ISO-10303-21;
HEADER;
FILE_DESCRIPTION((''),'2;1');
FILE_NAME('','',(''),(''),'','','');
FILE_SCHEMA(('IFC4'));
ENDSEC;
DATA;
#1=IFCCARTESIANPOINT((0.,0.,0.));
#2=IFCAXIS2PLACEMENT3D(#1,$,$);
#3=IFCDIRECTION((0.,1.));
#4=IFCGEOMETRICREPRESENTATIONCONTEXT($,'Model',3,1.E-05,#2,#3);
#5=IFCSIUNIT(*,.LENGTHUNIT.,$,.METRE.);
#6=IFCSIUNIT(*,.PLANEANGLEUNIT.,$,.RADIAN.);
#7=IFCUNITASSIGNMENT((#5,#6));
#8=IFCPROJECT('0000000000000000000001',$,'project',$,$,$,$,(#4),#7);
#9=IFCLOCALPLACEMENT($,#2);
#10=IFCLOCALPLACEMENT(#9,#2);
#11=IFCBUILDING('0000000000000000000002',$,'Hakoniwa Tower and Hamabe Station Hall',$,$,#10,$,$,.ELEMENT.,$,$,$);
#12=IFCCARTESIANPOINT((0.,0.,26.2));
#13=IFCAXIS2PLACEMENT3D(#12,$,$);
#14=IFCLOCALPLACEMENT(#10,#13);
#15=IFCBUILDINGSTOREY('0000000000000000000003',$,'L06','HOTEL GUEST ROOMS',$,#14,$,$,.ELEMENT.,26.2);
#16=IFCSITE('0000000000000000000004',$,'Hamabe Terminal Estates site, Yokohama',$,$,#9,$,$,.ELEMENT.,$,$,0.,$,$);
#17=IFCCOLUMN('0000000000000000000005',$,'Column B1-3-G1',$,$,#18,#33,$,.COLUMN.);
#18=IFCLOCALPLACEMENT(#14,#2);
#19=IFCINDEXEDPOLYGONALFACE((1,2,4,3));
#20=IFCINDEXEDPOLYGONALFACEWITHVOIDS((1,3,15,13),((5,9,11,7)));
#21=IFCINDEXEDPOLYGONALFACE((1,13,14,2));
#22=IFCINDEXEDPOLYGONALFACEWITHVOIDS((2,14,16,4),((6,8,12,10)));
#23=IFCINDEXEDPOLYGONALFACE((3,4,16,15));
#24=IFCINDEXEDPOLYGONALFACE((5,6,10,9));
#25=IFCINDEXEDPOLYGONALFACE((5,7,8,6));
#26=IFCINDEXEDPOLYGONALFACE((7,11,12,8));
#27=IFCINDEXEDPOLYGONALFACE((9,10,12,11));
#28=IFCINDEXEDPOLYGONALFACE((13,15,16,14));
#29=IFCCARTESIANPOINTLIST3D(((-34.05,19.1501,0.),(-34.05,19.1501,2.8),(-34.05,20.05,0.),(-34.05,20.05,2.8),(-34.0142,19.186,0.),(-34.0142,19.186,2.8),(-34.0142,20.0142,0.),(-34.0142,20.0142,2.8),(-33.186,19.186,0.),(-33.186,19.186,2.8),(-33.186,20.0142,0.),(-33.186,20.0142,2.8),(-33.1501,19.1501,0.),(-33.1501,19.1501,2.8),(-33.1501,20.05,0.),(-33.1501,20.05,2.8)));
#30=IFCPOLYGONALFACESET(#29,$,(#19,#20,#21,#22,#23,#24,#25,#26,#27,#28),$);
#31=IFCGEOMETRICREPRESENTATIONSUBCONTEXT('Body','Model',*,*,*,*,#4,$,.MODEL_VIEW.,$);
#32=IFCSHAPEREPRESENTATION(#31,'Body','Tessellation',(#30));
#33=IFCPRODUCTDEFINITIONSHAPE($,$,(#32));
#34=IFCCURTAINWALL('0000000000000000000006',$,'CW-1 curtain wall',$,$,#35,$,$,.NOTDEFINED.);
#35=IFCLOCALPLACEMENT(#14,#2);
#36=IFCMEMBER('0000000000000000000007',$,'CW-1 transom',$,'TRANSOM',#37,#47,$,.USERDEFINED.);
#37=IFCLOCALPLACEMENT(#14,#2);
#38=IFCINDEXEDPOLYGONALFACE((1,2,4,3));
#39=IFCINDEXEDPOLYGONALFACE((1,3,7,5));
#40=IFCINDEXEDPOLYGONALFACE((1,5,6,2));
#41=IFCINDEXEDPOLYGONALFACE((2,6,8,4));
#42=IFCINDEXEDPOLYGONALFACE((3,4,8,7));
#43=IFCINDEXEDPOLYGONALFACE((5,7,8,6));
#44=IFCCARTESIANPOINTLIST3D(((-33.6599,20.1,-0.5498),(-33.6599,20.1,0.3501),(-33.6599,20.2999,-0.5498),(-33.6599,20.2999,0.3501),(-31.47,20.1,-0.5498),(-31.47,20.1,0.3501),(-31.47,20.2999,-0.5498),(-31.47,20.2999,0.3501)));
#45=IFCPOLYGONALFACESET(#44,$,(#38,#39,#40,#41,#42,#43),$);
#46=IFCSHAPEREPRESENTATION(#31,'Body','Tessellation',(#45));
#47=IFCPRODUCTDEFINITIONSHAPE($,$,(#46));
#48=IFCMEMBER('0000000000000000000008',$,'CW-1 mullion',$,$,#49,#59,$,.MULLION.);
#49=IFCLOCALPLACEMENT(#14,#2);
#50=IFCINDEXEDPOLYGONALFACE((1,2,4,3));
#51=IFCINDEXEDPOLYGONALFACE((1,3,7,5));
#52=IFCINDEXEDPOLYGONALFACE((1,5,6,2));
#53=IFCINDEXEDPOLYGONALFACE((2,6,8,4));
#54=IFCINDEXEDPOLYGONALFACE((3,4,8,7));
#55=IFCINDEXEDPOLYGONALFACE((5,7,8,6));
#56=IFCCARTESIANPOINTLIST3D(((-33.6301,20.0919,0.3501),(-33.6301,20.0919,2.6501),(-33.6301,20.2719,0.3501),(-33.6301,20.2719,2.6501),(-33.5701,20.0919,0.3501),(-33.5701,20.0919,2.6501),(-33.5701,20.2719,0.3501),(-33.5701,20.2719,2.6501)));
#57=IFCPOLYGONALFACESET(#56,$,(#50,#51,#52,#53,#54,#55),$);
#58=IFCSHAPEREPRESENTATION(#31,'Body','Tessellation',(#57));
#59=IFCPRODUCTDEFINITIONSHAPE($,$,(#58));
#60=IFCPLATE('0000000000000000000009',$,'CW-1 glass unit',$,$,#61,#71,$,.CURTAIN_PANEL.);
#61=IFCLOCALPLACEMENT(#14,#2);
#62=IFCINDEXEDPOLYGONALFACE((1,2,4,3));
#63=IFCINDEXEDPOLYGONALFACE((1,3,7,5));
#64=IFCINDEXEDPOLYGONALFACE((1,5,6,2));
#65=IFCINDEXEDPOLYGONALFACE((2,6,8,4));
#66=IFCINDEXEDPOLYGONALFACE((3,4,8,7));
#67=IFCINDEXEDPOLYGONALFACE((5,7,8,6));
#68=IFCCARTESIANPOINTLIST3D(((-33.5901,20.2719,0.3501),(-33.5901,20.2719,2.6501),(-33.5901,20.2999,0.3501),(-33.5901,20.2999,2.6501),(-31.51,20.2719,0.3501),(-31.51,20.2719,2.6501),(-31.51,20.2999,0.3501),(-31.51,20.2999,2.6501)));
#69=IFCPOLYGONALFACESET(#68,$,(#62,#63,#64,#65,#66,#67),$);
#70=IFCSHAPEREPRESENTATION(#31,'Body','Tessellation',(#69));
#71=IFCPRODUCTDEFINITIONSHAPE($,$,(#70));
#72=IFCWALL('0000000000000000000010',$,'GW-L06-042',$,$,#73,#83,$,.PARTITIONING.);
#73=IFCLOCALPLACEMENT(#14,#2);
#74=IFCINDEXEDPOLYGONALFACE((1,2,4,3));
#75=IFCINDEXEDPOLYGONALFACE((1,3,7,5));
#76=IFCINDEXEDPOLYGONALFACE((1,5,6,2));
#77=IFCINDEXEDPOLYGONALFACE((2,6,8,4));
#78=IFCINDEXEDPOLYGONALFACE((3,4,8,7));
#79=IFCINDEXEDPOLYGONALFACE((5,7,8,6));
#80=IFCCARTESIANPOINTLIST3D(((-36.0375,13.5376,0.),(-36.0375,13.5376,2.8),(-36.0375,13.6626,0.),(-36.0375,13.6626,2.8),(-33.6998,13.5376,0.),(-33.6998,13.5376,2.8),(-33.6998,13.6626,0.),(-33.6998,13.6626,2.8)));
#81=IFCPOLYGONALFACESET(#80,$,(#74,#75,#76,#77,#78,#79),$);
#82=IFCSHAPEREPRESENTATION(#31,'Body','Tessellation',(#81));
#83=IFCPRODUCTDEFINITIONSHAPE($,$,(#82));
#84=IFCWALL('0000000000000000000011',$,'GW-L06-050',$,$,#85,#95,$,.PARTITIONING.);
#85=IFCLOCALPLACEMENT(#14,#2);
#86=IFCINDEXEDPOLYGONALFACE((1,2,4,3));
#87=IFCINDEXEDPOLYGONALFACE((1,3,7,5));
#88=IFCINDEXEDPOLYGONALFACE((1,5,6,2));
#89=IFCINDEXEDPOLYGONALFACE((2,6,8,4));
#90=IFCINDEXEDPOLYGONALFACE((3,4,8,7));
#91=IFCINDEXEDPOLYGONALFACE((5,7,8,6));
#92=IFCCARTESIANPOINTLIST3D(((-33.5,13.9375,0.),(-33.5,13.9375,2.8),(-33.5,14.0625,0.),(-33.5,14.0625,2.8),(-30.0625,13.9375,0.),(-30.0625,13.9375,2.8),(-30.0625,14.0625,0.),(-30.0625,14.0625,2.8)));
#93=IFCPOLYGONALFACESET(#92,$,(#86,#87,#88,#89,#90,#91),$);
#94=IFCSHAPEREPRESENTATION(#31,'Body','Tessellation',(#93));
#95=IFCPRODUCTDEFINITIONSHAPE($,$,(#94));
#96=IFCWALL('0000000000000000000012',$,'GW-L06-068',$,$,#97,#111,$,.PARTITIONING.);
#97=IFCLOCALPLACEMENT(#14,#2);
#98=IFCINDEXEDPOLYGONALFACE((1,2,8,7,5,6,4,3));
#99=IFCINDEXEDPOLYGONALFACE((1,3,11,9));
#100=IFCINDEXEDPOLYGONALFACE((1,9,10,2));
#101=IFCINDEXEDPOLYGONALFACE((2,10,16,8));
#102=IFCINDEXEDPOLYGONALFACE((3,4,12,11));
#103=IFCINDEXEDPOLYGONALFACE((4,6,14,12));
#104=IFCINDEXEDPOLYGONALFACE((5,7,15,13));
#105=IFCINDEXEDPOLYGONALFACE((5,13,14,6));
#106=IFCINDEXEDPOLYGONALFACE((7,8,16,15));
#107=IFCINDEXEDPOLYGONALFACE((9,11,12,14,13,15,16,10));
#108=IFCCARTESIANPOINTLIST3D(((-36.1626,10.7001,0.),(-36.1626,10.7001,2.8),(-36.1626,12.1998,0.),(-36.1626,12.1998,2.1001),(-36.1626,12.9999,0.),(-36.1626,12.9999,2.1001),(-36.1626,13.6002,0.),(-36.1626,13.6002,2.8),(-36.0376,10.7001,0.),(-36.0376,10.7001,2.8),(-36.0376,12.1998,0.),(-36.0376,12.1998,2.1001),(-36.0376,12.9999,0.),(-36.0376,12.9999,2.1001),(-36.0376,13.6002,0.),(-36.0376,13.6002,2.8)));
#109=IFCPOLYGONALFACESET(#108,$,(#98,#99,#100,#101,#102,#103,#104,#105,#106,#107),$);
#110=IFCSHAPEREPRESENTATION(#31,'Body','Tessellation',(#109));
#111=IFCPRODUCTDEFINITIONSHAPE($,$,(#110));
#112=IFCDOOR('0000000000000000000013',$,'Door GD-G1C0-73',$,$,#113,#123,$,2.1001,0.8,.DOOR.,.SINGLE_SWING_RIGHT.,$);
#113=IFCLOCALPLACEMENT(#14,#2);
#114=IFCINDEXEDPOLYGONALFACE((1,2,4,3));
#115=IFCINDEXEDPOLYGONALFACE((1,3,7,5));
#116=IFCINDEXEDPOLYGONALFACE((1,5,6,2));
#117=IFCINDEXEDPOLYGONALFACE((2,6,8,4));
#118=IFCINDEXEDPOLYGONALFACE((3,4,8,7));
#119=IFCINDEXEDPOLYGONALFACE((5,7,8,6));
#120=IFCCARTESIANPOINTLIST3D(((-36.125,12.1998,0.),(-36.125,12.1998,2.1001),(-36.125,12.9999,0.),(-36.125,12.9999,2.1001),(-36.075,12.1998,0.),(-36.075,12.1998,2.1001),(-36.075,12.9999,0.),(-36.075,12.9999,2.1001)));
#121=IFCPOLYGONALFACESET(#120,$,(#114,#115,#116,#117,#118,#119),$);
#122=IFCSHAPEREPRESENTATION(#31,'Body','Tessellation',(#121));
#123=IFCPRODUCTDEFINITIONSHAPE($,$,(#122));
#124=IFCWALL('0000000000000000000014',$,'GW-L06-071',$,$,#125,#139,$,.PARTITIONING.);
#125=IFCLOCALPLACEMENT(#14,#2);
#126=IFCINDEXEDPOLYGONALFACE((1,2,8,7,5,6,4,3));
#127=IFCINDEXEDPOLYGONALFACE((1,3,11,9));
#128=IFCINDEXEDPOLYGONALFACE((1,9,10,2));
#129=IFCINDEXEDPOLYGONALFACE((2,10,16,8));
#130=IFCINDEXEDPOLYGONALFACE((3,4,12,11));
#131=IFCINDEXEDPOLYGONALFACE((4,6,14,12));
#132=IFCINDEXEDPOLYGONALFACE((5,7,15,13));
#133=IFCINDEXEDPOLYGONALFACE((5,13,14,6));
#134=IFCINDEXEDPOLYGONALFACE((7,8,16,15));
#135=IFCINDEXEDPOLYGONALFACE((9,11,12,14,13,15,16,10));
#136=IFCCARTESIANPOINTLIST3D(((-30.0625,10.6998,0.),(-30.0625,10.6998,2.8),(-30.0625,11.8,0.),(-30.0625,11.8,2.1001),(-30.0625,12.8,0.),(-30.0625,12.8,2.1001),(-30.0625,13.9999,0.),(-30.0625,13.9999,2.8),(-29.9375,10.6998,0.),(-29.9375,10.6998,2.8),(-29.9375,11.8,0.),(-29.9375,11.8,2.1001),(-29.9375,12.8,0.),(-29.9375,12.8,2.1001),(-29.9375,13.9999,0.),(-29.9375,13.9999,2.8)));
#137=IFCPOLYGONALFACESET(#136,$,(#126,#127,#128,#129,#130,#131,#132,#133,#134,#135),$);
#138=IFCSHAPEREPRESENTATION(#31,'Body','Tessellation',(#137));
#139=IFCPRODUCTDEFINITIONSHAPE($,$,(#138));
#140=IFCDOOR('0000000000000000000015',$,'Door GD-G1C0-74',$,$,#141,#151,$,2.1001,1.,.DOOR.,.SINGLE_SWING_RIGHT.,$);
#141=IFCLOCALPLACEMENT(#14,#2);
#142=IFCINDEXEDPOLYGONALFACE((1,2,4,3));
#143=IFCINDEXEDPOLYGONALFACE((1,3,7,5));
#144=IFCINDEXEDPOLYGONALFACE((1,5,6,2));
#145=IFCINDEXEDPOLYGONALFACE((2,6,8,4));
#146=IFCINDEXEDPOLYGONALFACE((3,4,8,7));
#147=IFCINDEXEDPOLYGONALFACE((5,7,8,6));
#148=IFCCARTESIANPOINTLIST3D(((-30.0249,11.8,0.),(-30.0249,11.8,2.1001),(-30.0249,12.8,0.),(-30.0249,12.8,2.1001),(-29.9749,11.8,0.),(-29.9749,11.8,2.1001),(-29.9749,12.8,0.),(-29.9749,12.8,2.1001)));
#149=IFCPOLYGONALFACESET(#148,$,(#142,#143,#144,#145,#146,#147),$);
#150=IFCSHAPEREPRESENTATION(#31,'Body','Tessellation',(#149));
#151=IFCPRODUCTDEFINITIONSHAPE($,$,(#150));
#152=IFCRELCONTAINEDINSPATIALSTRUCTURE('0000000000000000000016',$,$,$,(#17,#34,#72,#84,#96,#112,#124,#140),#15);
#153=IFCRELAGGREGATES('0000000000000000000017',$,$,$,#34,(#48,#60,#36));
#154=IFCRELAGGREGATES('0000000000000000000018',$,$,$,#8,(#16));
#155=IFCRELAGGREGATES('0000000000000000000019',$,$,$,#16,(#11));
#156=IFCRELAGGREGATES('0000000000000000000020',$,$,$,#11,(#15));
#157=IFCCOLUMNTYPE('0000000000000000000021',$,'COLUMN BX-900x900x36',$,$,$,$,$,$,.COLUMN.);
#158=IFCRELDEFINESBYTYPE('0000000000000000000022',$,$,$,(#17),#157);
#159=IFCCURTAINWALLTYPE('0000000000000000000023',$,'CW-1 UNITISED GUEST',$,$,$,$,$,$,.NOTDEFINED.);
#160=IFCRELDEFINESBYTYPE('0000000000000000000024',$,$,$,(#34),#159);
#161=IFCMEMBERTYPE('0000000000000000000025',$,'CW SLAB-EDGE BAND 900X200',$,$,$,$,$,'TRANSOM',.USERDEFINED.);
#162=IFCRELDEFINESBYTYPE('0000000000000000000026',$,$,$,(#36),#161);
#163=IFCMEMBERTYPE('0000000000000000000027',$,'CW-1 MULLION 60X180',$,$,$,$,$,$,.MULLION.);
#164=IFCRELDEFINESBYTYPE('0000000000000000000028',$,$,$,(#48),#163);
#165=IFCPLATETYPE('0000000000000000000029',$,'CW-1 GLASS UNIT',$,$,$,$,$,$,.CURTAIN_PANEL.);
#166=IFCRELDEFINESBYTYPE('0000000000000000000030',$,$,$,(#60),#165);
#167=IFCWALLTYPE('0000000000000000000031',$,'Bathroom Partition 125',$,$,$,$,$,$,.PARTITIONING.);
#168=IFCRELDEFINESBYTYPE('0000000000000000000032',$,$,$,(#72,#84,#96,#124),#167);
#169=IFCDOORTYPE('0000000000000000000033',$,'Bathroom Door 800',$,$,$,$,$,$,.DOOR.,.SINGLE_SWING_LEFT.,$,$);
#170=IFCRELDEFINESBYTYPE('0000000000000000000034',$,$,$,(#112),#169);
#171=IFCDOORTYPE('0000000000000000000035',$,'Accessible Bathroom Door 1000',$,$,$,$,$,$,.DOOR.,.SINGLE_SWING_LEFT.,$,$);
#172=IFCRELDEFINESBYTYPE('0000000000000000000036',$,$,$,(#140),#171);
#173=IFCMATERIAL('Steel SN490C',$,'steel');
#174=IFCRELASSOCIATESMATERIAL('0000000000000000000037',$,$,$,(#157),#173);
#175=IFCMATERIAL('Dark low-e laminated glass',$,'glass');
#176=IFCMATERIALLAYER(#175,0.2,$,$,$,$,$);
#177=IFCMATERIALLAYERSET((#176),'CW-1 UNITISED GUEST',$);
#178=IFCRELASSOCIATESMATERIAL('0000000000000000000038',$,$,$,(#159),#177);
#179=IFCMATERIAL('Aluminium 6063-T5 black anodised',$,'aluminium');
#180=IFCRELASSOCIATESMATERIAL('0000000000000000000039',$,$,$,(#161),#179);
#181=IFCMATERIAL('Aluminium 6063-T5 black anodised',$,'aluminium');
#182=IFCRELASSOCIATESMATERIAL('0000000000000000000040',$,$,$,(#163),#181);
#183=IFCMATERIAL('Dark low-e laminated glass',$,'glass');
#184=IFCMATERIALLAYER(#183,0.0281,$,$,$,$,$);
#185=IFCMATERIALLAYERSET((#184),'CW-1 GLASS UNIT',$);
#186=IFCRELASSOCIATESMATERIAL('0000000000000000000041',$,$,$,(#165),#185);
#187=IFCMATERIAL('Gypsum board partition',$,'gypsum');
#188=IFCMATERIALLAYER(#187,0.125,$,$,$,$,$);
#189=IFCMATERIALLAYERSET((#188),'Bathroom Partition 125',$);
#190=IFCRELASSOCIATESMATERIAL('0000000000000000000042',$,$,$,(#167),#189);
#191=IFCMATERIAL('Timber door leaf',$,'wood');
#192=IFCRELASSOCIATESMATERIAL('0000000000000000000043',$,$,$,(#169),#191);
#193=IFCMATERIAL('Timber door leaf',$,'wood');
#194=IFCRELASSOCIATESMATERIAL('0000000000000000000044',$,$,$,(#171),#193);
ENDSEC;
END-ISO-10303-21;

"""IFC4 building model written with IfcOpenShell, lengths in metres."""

from ifc_helpers import new_model, si_unit, direction, frame, frame_2d, origin, origin_2d, place, context, subcontext, project, spatial, rectangle, hollow_rectangle, extrude, material, layer, layer_set, material_profile, profile_set, type_object, element, fill, aggregate, save


model = new_model("IFC4")

# Units and contexts
model_context = context("Model", 3, precision=1e-05, world=origin(), true_north=direction((0.0, 1.0)))
body_context = subcontext(model_context, "Body", "Model", "MODEL_VIEW")
ifc_project = project(units=[si_unit("LENGTHUNIT", "METRE"), si_unit("PLANEANGLEUNIT", "RADIAN")], contexts=[model_context])

# Site, building, storey
site_placement = place(None, origin())
site = spatial("IfcSite", under=ifc_project, at=site_placement, Name="Hamabe Terminal Estates site, Yokohama", CompositionType="ELEMENT", RefElevation=0.0)
building_placement = place(site_placement, origin())
building = spatial("IfcBuilding", under=site, at=building_placement, Name="Hakoniwa Tower and Hamabe Station Hall", CompositionType="ELEMENT")
storey_placement = place(building_placement, frame((0.0, 0.0, 26.2)))
storey = spatial("IfcBuildingStorey", under=building, at=storey_placement, Name="L06", Description="HOTEL GUEST ROOMS", CompositionType="ELEMENT", Elevation=26.2)

# Column
ifc_material_1 = material(Name="Steel SN490C", Category="steel")
ifc_material_profile_1 = material_profile(ifc_material_1, hollow_rectangle(XDim=0.8999, YDim=0.8999, WallThickness=0.0359, at=origin_2d()), Name="BX-900x900x36")
ifc_profile_set_1 = profile_set([ifc_material_profile_1], Name="Steel SN490C")
column_type = type_object("IfcColumnType", Name="COLUMN BX-900x900x36", PredefinedType="COLUMN", material=ifc_profile_set_1)
column_placement = place(storey_placement, frame((-33.6001, 19.6001, 0.0), z_axis=(0.0, 0.0, 1.0), x_axis=(1.0, 0.0, 0.0)))
element("IfcColumn", 1, at=column_placement, inside=storey, type_object=column_type, Name="Column B1-3-G1", PredefinedType="COLUMN", context=body_context, shape_type="SweptSolid", body=[
    extrude(hollow_rectangle(XDim=0.8999, YDim=0.8999, WallThickness=0.0359, at=origin_2d()), origin(), (0.0, 0.0, 1.0), 2.8),
])

# Curtain wall, members, plate
ifc_material_2 = material(Name="Dark low-e laminated glass", Category="glass")
ifc_layer_1 = layer(ifc_material_2, 0.2)
ifc_layer_set_1 = layer_set([ifc_layer_1], Name="CW-1 UNITISED GUEST")
curtain_wall_type = type_object("IfcCurtainWallType", Name="CW-1 UNITISED GUEST", PredefinedType="NOTDEFINED", material=ifc_layer_set_1)
curtain_wall_placement = place(storey_placement, origin())
curtain_wall = element("IfcCurtainWall", 2, at=curtain_wall_placement, inside=storey, type_object=curtain_wall_type, Name="CW-1 curtain wall", PredefinedType="NOTDEFINED")
ifc_material_3 = material(Name="Aluminium 6063-T5 black anodised", Category="aluminium")
ifc_material_profile_2 = material_profile(ifc_material_3, rectangle(XDim=0.2, YDim=0.8999, at=origin_2d()), Name="CW SLAB-EDGE BAND 900X200")
ifc_profile_set_2 = profile_set([ifc_material_profile_2], Name="Aluminium 6063-T5 black anodised")
member_type_1 = type_object("IfcMemberType", Name="CW SLAB-EDGE BAND 900X200", ElementType="TRANSOM", PredefinedType="USERDEFINED", material=ifc_profile_set_2)
member_1_placement = place(storey_placement, frame((-31.47, 20.2, -0.0999), z_axis=(-1.0, 0.0, 0.0), x_axis=(0.0, -1.0, 0.0)))
member_1 = element("IfcMember", 3, at=member_1_placement, type_object=member_type_1, Name="CW-1 transom", ObjectType="TRANSOM", PredefinedType="USERDEFINED", context=body_context, shape_type="SweptSolid", body=[
    extrude(rectangle(XDim=0.2, YDim=0.8999, at=origin_2d()), origin(), (0.0, 0.0, 1.0), 2.1899),
])
ifc_material_4 = material(Name="Aluminium 6063-T5 black anodised", Category="aluminium")
ifc_material_profile_3 = material_profile(ifc_material_4, rectangle(XDim=0.0601, YDim=0.1799, at=origin_2d()), Name="CW-1 MULLION 60X180")
ifc_profile_set_3 = profile_set([ifc_material_profile_3], Name="Aluminium 6063-T5 black anodised")
member_type_2 = type_object("IfcMemberType", Name="CW-1 MULLION 60X180", PredefinedType="MULLION", material=ifc_profile_set_3)
member_2_placement = place(storey_placement, frame((-33.6001, 20.1819, 0.3501), z_axis=(0.0, 0.0, 1.0), x_axis=(-1.0, 0.0, 0.0)))
member_2 = element("IfcMember", 4, at=member_2_placement, type_object=member_type_2, Name="CW-1 mullion", PredefinedType="MULLION", context=body_context, shape_type="SweptSolid", body=[
    extrude(rectangle(XDim=0.0601, YDim=0.1799, at=origin_2d()), origin(), (0.0, 0.0, 1.0), 2.3),
])
ifc_material_5 = material(Name="Dark low-e laminated glass", Category="glass")
ifc_layer_2 = layer(ifc_material_5, 0.0281)
ifc_layer_set_2 = layer_set([ifc_layer_2], Name="CW-1 GLASS UNIT")
plate_type = type_object("IfcPlateType", Name="CW-1 GLASS UNIT", PredefinedType="CURTAIN_PANEL", material=ifc_layer_set_2)
plate_placement = place(storey_placement, frame((-32.55, 20.2859, 0.3501), z_axis=(0.0, 0.0, 1.0), x_axis=(-1.0, 0.0, 0.0)))
plate = element("IfcPlate", 5, at=plate_placement, type_object=plate_type, Name="CW-1 glass unit", PredefinedType="CURTAIN_PANEL", context=body_context, shape_type="SweptSolid", body=[
    extrude(rectangle(XDim=2.0801, YDim=0.0281, at=origin_2d()), origin(), (0.0, 0.0, 1.0), 2.3),
])

# Walls
ifc_material_6 = material(Name="Gypsum board partition", Category="gypsum")
ifc_layer_3 = layer(ifc_material_6, 0.125)
ifc_layer_set_3 = layer_set([ifc_layer_3], Name="Bathroom Partition 125")
wall_type_1 = type_object("IfcWallType", Name="Bathroom Partition 125", PredefinedType="PARTITIONING", material=ifc_layer_set_3)
wall_1_placement = place(storey_placement, frame((-36.0376, 13.6001, 0.0), z_axis=(0.0, 0.0, 1.0), x_axis=(1.0, 0.0, 0.0)))
element("IfcWall", 6, at=wall_1_placement, inside=storey, type_object=wall_type_1, Name="GW-L06-042", PredefinedType="PARTITIONING", context=body_context, shape_type="SweptSolid", body=[
    extrude(rectangle(XDim=2.3376, YDim=0.125, at=frame_2d((1.1689, 0.0))), origin(), (0.0, 0.0, 1.0), 2.8),
])
wall_2_placement = place(storey_placement, frame((-33.5, 14.0, 0.0), z_axis=(0.0, 0.0, 1.0), x_axis=(1.0, 0.0, 0.0)))
element("IfcWall", 7, at=wall_2_placement, inside=storey, type_object=wall_type_1, Name="GW-L06-050", PredefinedType="PARTITIONING", context=body_context, shape_type="SweptSolid", body=[
    extrude(rectangle(XDim=3.4375, YDim=0.125, at=frame_2d((1.7188, 0.0))), origin(), (0.0, 0.0, 1.0), 2.8),
])

# Walls, openings, doors
wall_3_placement = place(storey_placement, frame((-36.1001, 10.7, 0.0), z_axis=(0.0, 0.0, 1.0), x_axis=(0.0, 1.0, 0.0)))
wall_3 = element("IfcWall", 8, at=wall_3_placement, inside=storey, type_object=wall_type_1, Name="GW-L06-068", PredefinedType="PARTITIONING", context=body_context, shape_type="SweptSolid", body=[
    extrude(rectangle(XDim=2.9001, YDim=0.125, at=frame_2d((1.4502, 0.0))), origin(), (0.0, 0.0, 1.0), 2.8),
])
opening_1_placement = place(wall_3_placement, frame((1.5, 0.0, 0.0)))
opening_1 = element("IfcOpeningElement", 9, at=opening_1_placement, cuts=wall_3, PredefinedType="OPENING", context=body_context, shape_type="SweptSolid", body=[
    extrude(rectangle(XDim=0.8, YDim=2.1001, at=frame_2d((0.3999, 1.05))), frame((0.0, 0.0725, 0.0), z_axis=(0.0, -1.0, 0.0), x_axis=(1.0, 0.0, 0.0)), (0.0, 0.0, 1.0), 0.145),
])
ifc_material_7 = material(Name="Timber door leaf", Category="wood")
door_type_1 = type_object("IfcDoorType", Name="Bathroom Door 800", OperationType="SINGLE_SWING_LEFT", PredefinedType="DOOR", material=ifc_material_7)
door_1_placement = place(opening_1_placement, origin())
door_1 = element("IfcDoor", 10, at=door_1_placement, inside=storey, type_object=door_type_1, Name="Door GD-G1C0-73", OperationType="SINGLE_SWING_RIGHT", OverallHeight=2.1001, OverallWidth=0.8, PredefinedType="DOOR", context=body_context, shape_type="SweptSolid", body=[
    extrude(rectangle(XDim=0.8, YDim=2.1001, at=frame_2d((0.3999, 1.05))), frame((0.0, 0.0249, 0.0), z_axis=(0.0, -1.0, 0.0), x_axis=(1.0, 0.0, 0.0)), (0.0, 0.0, 1.0), 0.05),
])
fill(opening_1, door_1)
wall_4_placement = place(storey_placement, frame((-30.0, 10.7, 0.0), z_axis=(0.0, 0.0, 1.0), x_axis=(0.0, 1.0, 0.0)))
wall_4 = element("IfcWall", 11, at=wall_4_placement, inside=storey, type_object=wall_type_1, Name="GW-L06-071", PredefinedType="PARTITIONING", context=body_context, shape_type="SweptSolid", body=[
    extrude(rectangle(XDim=3.3, YDim=0.125, at=frame_2d((1.6499, 0.0))), origin(), (0.0, 0.0, 1.0), 2.8),
])
opening_2_placement = place(wall_4_placement, frame((1.1001, 0.0, 0.0)))
opening_2 = element("IfcOpeningElement", 12, at=opening_2_placement, cuts=wall_4, PredefinedType="OPENING", context=body_context, shape_type="SweptSolid", body=[
    extrude(rectangle(XDim=1.0, YDim=2.1001, at=frame_2d((0.5, 1.05))), frame((0.0, 0.0725, 0.0), z_axis=(0.0, -1.0, 0.0), x_axis=(1.0, 0.0, 0.0)), (0.0, 0.0, 1.0), 0.145),
])
ifc_material_8 = material(Name="Timber door leaf", Category="wood")
door_type_2 = type_object("IfcDoorType", Name="Accessible Bathroom Door 1000", OperationType="SINGLE_SWING_LEFT", PredefinedType="DOOR", material=ifc_material_8)
door_2_placement = place(opening_2_placement, origin())
door_2 = element("IfcDoor", 13, at=door_2_placement, inside=storey, type_object=door_type_2, Name="Door GD-G1C0-74", OperationType="SINGLE_SWING_RIGHT", OverallHeight=2.1001, OverallWidth=1.0, PredefinedType="DOOR", context=body_context, shape_type="SweptSolid", body=[
    extrude(rectangle(XDim=1.0, YDim=2.1001, at=frame_2d((0.5, 1.05))), frame((0.0, 0.0249, 0.0), z_axis=(0.0, -1.0, 0.0), x_axis=(1.0, 0.0, 0.0)), (0.0, 0.0, 1.0), 0.05),
])
fill(opening_2, door_2)
aggregate(curtain_wall, [member_2, plate, member_1])

save(model, "model.ifc")
